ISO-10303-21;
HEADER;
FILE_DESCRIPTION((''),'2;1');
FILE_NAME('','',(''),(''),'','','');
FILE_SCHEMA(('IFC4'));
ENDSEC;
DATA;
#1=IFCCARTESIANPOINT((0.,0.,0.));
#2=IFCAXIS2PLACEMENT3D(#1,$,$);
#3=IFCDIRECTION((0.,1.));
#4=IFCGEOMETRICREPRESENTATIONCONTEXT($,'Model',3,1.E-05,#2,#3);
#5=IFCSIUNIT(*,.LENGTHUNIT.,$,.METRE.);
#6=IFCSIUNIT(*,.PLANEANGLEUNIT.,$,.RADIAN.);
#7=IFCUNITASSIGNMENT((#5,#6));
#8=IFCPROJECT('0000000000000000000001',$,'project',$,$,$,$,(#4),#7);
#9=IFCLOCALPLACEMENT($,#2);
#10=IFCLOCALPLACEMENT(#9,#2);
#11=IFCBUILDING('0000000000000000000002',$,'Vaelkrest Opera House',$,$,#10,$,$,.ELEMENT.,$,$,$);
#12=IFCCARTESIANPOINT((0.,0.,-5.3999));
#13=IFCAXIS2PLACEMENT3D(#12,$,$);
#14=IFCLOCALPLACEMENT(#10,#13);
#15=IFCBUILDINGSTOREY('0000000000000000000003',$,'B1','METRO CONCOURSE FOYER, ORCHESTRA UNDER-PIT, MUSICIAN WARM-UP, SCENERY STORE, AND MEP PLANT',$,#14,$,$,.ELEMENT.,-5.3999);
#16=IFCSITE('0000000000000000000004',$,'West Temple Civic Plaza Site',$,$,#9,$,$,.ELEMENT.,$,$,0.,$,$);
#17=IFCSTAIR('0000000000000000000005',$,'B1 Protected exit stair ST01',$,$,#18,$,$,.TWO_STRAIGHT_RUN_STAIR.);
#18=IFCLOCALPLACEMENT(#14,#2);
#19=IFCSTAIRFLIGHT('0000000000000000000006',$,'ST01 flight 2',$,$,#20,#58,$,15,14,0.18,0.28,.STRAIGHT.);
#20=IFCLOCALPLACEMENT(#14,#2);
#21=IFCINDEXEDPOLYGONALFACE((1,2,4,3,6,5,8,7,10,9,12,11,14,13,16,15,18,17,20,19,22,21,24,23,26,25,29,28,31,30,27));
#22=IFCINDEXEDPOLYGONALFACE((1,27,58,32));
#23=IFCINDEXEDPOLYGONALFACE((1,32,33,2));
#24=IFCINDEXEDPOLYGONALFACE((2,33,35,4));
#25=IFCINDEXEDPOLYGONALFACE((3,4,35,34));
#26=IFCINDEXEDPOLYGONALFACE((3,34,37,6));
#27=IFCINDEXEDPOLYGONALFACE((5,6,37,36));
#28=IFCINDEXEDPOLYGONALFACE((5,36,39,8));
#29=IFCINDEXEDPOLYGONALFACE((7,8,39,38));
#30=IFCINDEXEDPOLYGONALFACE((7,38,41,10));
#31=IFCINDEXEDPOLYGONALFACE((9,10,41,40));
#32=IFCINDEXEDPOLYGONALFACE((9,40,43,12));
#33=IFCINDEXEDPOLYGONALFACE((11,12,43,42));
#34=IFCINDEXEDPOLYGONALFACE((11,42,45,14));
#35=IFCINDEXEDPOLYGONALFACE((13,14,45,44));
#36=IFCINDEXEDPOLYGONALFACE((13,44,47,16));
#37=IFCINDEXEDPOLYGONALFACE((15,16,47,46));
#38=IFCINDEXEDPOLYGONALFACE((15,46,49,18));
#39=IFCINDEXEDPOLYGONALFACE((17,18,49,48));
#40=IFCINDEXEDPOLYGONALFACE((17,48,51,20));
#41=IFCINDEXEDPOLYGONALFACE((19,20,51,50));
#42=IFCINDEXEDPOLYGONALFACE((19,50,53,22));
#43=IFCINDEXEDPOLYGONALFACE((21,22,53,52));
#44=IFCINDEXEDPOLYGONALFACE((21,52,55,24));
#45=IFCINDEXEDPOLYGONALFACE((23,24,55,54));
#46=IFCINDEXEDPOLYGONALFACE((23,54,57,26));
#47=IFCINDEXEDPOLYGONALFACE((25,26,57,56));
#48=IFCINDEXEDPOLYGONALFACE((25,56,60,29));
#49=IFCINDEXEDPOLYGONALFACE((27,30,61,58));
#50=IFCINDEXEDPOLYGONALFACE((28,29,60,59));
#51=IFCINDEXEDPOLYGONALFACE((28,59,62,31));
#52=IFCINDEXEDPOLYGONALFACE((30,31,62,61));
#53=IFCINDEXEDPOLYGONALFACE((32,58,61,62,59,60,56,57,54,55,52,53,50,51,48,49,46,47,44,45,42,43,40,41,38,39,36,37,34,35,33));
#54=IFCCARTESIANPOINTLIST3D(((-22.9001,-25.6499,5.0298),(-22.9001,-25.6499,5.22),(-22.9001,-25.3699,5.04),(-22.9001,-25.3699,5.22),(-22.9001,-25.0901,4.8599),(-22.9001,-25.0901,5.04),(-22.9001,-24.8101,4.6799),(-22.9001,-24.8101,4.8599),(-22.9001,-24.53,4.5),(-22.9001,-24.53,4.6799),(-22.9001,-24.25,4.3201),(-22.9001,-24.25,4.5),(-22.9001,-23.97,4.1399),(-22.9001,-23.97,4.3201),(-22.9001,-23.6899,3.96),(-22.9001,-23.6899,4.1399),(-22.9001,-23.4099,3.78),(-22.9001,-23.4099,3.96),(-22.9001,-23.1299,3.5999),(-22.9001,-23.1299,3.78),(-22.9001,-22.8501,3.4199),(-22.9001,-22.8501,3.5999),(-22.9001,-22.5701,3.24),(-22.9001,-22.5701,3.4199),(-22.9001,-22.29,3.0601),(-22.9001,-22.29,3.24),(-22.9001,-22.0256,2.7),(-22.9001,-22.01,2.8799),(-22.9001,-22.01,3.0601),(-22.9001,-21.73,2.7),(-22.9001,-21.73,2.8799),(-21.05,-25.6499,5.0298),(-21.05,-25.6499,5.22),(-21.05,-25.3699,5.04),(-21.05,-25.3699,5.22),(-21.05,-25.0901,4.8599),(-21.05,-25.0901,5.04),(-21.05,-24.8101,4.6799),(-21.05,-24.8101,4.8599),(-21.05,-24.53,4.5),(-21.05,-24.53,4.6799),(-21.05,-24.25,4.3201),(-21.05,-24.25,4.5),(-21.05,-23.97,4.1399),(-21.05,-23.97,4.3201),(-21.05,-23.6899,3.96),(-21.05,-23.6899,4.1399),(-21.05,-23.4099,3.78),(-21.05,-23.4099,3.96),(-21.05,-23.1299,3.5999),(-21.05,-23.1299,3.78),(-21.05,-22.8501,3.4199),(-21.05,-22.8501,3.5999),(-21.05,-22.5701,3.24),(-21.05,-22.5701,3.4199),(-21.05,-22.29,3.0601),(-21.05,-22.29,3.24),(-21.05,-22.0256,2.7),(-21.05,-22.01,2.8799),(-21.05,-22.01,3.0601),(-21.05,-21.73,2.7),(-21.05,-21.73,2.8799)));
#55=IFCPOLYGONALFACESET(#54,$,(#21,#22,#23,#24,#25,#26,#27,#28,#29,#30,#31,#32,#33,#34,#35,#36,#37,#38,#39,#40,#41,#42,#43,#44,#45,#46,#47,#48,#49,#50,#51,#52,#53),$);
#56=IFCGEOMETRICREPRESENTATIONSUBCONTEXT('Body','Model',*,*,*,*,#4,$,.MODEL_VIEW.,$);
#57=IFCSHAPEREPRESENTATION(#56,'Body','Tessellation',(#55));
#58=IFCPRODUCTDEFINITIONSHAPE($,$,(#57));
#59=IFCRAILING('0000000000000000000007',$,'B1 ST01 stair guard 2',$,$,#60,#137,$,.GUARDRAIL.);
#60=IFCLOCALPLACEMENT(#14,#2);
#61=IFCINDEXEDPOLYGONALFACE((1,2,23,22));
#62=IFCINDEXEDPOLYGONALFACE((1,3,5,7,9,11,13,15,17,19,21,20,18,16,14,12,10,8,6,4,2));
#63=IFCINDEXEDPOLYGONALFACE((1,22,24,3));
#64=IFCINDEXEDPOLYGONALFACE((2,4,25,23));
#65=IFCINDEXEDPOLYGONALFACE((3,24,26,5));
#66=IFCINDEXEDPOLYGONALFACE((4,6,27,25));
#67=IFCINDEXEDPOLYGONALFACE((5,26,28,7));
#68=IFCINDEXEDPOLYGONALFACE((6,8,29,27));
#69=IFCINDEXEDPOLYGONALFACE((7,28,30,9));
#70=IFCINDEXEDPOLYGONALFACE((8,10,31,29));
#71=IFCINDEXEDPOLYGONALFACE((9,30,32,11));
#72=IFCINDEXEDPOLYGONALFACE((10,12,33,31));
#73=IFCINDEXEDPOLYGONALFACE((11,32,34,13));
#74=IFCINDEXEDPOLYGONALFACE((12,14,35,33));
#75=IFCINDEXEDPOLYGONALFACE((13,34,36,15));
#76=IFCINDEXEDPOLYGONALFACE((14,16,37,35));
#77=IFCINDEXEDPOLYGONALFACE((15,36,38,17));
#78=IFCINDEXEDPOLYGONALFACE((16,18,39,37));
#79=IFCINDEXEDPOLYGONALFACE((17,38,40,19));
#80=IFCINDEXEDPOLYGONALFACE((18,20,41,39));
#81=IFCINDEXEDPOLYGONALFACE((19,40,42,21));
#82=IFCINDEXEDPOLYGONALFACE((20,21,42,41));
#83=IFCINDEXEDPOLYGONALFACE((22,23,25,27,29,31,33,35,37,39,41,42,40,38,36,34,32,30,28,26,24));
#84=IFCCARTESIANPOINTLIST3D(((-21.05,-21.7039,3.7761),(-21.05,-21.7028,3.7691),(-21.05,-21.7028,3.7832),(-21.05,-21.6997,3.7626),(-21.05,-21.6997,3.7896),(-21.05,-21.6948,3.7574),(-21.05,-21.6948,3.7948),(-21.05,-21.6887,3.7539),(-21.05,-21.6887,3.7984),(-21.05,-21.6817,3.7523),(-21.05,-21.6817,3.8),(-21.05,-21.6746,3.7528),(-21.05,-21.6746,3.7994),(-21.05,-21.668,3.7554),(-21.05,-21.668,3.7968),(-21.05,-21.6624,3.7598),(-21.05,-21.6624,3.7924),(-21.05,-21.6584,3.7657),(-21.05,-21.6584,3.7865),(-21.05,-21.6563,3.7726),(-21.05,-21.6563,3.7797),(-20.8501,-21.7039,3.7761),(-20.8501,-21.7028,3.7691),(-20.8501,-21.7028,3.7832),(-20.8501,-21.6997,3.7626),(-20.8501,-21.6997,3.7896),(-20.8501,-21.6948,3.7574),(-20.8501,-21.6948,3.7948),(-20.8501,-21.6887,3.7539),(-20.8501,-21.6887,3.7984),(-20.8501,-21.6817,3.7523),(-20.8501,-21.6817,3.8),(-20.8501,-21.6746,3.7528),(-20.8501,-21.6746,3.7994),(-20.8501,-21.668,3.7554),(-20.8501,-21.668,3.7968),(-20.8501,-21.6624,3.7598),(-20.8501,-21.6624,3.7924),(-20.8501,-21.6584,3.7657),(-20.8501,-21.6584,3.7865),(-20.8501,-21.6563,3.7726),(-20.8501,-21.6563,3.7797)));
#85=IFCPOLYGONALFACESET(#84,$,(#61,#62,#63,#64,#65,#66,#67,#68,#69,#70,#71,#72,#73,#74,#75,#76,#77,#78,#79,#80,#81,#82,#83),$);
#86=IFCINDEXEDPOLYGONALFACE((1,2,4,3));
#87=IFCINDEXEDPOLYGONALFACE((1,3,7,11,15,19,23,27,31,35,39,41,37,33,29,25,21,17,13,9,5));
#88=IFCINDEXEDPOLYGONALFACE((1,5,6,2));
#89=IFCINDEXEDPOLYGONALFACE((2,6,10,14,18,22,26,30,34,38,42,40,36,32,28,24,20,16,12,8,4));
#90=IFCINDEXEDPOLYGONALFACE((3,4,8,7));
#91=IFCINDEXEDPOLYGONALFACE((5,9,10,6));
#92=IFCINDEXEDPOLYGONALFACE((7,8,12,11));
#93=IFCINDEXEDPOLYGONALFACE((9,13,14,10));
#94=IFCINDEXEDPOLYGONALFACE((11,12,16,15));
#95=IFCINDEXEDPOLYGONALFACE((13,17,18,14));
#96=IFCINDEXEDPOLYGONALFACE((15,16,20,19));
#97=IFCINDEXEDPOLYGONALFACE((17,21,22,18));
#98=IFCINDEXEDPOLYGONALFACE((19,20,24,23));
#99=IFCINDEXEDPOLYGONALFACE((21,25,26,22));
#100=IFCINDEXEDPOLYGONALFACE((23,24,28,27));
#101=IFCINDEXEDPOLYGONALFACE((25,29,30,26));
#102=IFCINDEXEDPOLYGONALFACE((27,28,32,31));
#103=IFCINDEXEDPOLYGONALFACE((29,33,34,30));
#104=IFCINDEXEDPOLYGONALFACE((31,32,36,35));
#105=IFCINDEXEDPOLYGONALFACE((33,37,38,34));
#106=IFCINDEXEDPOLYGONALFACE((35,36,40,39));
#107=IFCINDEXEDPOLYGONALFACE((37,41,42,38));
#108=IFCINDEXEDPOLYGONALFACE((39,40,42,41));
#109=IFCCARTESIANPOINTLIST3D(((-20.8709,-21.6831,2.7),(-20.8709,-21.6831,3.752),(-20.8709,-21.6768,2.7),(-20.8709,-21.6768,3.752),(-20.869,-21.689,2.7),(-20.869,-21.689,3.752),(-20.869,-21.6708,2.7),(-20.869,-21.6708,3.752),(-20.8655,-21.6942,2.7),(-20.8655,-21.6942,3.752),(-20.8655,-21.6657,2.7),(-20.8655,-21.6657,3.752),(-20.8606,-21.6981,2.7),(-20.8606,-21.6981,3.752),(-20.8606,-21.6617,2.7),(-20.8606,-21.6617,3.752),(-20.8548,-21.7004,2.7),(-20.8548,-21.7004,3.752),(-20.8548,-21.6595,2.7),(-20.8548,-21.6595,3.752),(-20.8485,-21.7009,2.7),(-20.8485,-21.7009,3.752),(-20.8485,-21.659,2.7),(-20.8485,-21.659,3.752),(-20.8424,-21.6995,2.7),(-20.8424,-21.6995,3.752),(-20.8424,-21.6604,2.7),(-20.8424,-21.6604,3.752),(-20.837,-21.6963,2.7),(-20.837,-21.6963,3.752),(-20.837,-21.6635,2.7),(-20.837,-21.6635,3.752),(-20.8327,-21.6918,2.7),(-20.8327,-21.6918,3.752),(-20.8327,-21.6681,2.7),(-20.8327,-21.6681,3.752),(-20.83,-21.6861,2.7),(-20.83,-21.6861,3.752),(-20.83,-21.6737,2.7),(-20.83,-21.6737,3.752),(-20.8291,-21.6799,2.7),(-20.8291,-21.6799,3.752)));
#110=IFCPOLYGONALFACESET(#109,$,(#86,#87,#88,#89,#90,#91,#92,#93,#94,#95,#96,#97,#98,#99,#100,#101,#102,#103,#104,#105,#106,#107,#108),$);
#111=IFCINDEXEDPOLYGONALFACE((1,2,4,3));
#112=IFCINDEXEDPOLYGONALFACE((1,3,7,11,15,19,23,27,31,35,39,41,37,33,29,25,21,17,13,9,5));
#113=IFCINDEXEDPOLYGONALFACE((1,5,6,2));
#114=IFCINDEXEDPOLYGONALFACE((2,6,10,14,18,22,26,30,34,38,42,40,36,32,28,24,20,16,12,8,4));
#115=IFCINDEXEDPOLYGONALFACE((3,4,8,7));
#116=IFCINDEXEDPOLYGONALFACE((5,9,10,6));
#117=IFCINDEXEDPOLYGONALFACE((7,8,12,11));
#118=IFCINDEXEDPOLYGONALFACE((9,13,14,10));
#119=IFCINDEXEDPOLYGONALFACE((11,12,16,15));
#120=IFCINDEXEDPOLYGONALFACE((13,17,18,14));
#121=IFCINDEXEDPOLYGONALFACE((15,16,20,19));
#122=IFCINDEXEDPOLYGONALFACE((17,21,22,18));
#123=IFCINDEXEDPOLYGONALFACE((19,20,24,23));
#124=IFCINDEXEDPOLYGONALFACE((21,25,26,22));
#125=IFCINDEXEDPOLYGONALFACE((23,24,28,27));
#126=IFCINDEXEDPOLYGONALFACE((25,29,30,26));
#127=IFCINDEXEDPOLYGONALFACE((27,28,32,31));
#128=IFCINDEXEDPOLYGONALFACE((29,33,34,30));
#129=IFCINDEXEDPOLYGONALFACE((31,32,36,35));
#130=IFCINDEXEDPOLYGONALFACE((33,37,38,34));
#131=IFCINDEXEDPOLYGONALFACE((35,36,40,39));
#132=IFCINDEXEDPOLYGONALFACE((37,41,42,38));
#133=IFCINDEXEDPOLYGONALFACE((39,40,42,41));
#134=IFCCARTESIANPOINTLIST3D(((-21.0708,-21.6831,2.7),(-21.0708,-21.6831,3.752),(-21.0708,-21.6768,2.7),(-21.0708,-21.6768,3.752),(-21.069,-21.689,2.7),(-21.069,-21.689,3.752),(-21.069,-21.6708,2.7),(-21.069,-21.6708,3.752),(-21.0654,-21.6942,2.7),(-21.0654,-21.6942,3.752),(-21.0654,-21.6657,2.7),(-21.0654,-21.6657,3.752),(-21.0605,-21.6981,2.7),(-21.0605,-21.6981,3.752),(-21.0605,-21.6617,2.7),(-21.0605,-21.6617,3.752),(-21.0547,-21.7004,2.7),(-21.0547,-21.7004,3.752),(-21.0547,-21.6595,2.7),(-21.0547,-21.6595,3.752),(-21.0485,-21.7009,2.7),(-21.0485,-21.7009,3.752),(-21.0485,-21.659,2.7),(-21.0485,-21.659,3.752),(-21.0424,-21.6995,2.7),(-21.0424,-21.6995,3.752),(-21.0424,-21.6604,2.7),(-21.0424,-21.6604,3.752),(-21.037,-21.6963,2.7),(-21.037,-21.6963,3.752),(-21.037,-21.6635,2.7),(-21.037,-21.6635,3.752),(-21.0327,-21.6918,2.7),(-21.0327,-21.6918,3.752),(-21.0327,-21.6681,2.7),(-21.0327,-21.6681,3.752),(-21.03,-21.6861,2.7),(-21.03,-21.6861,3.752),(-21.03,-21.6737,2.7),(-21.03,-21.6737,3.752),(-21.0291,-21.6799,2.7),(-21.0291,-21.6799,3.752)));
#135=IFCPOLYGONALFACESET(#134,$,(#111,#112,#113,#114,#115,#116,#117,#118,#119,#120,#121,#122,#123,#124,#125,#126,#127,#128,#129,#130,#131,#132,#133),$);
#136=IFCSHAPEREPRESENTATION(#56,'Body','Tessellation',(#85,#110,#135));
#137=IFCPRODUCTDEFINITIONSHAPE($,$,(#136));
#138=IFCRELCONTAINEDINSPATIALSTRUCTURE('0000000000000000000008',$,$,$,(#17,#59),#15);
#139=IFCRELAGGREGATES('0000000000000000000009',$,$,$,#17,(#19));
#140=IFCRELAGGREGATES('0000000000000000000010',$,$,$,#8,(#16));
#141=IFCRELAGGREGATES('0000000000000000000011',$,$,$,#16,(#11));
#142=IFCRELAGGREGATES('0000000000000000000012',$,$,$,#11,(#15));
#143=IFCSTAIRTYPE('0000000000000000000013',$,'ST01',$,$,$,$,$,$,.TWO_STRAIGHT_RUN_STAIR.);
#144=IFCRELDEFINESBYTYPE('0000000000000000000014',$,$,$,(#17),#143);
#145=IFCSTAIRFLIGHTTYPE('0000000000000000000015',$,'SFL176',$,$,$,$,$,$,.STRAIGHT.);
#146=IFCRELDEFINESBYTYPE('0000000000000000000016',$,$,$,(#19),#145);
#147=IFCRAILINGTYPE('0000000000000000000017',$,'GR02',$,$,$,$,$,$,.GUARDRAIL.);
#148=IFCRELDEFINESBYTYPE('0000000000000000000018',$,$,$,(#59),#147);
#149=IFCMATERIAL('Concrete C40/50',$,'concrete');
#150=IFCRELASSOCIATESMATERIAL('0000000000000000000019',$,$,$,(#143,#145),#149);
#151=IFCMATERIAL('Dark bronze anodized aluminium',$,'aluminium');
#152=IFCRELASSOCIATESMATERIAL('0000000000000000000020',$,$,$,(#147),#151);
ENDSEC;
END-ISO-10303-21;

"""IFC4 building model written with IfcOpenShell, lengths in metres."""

from ifc_helpers import new_model, si_unit, direction, frame, origin, origin_2d, place, context, subcontext, project, spatial, polyline, circle, outline, extrude, material, type_object, element, aggregate, save


model = new_model("IFC4")

# Units and contexts
model_context = context("Model", 3, precision=1e-05, world=origin(), true_north=direction((0.0, 1.0)))
body_context = subcontext(model_context, "Body", "Model", "MODEL_VIEW")
ifc_project = project(units=[si_unit("LENGTHUNIT", "METRE"), si_unit("PLANEANGLEUNIT", "RADIAN")], contexts=[model_context])

# Site, building, storey
site_placement = place(None, origin())
site = spatial("IfcSite", under=ifc_project, at=site_placement, Name="West Temple Civic Plaza Site", CompositionType="ELEMENT", RefElevation=0.0)
building_placement = place(site_placement, origin())
building = spatial("IfcBuilding", under=site, at=building_placement, Name="Vaelkrest Opera House", CompositionType="ELEMENT")
storey_placement = place(building_placement, frame((0.0, 0.0, -5.3999)))
storey = spatial("IfcBuildingStorey", under=building, at=storey_placement, Name="B1", Description="METRO CONCOURSE FOYER, ORCHESTRA UNDER-PIT, MUSICIAN WARM-UP, SCENERY STORE, AND MEP PLANT", CompositionType="ELEMENT", Elevation=-5.3999)

# Shared definitions
ifc_material_1 = material(Name="Concrete C40/50", Category="concrete")

# Stair, stair flight
stair_type = type_object("IfcStairType", Name="ST01", PredefinedType="TWO_STRAIGHT_RUN_STAIR", material=ifc_material_1)
stair_placement = place(storey_placement, origin())
stair = element("IfcStair", 1, at=stair_placement, inside=storey, type_object=stair_type, Name="B1 Protected exit stair ST01", PredefinedType="TWO_STRAIGHT_RUN_STAIR")
stair_flight_type = type_object("IfcStairFlightType", Name="SFL176", PredefinedType="STRAIGHT", material=ifc_material_1)
stair_flight_1_placement = place(storey_placement, frame((-21.9751, -21.73, 2.7), z_axis=(0.0, 0.0, 1.0), x_axis=(0.0, -1.0, 0.0)))
stair_flight_1 = element("IfcStairFlight", 2, at=stair_flight_1_placement, type_object=stair_flight_type, Name="ST01 flight 2", NumberOfRisers=15, NumberOfTreads=14, PredefinedType="STRAIGHT", RiserHeight=0.18, TreadLength=0.28, context=body_context, shape_type="SweptSolid", body=[
    extrude(outline(polyline([(0.0, 0.0), (0.0, 0.1799), (0.28, 0.1799), (0.28, 0.3601), (0.5601, 0.3601), (0.5601, 0.54), (0.8401, 0.54), (0.8401, 0.72), (1.1201, 0.72), (1.1201, 0.8999), (1.3999, 0.8999), (1.3999, 1.0801), (1.6799, 1.0801), (1.6799, 1.26), (1.96, 1.26), (1.96, 1.4399), (2.24, 1.4399), (2.24, 1.6201), (2.52, 1.6201), (2.52, 1.8), (2.8, 1.8), (2.8, 1.98), (3.0801, 1.98), (3.0801, 2.1599), (3.3601, 2.1599), (3.3601, 2.3401), (3.6399, 2.3401), (3.6399, 2.52), (3.9199, 2.52), (3.9199, 2.7), (3.9199, 2.3298), (0.2957, 0.0), (0.0, 0.0)])), frame((0.0, 0.925, 0.0), z_axis=(0.0, -1.0, 0.0), x_axis=(1.0, 0.0, 0.0)), (0.0, 0.0, 1.0), 1.8501),
])
aggregate(stair, [stair_flight_1])

# Railing
ifc_material_2 = material(Name="Dark bronze anodized aluminium", Category="aluminium")
railing_type_1 = type_object("IfcRailingType", Name="GR02", PredefinedType="GUARDRAIL", material=ifc_material_2)
railing_1_placement = place(storey_placement, frame((-20.8501, -21.6799, 2.7)))
element("IfcRailing", 3, at=railing_1_placement, inside=storey, type_object=railing_type_1, Name="B1 ST01 stair guard 2", PredefinedType="GUARDRAIL", context=body_context, shape_type="SweptSolid", body=[
    extrude(circle(Radius=0.0239, at=origin_2d()), frame((0.0, 0.0, 1.0762), z_axis=(-1.0, 0.0, 0.0), x_axis=(0.0, -1.0, 0.0)), (0.0, 0.0, 1.0), 0.2),
    extrude(circle(Radius=0.021, at=origin_2d()), origin(), (0.0, 0.0, 1.0), 1.052),
    extrude(circle(Radius=0.021, at=origin_2d()), frame((-0.2, 0.0, 0.0)), (0.0, 0.0, 1.0), 1.052),
])

save(model, "model.ifc")
